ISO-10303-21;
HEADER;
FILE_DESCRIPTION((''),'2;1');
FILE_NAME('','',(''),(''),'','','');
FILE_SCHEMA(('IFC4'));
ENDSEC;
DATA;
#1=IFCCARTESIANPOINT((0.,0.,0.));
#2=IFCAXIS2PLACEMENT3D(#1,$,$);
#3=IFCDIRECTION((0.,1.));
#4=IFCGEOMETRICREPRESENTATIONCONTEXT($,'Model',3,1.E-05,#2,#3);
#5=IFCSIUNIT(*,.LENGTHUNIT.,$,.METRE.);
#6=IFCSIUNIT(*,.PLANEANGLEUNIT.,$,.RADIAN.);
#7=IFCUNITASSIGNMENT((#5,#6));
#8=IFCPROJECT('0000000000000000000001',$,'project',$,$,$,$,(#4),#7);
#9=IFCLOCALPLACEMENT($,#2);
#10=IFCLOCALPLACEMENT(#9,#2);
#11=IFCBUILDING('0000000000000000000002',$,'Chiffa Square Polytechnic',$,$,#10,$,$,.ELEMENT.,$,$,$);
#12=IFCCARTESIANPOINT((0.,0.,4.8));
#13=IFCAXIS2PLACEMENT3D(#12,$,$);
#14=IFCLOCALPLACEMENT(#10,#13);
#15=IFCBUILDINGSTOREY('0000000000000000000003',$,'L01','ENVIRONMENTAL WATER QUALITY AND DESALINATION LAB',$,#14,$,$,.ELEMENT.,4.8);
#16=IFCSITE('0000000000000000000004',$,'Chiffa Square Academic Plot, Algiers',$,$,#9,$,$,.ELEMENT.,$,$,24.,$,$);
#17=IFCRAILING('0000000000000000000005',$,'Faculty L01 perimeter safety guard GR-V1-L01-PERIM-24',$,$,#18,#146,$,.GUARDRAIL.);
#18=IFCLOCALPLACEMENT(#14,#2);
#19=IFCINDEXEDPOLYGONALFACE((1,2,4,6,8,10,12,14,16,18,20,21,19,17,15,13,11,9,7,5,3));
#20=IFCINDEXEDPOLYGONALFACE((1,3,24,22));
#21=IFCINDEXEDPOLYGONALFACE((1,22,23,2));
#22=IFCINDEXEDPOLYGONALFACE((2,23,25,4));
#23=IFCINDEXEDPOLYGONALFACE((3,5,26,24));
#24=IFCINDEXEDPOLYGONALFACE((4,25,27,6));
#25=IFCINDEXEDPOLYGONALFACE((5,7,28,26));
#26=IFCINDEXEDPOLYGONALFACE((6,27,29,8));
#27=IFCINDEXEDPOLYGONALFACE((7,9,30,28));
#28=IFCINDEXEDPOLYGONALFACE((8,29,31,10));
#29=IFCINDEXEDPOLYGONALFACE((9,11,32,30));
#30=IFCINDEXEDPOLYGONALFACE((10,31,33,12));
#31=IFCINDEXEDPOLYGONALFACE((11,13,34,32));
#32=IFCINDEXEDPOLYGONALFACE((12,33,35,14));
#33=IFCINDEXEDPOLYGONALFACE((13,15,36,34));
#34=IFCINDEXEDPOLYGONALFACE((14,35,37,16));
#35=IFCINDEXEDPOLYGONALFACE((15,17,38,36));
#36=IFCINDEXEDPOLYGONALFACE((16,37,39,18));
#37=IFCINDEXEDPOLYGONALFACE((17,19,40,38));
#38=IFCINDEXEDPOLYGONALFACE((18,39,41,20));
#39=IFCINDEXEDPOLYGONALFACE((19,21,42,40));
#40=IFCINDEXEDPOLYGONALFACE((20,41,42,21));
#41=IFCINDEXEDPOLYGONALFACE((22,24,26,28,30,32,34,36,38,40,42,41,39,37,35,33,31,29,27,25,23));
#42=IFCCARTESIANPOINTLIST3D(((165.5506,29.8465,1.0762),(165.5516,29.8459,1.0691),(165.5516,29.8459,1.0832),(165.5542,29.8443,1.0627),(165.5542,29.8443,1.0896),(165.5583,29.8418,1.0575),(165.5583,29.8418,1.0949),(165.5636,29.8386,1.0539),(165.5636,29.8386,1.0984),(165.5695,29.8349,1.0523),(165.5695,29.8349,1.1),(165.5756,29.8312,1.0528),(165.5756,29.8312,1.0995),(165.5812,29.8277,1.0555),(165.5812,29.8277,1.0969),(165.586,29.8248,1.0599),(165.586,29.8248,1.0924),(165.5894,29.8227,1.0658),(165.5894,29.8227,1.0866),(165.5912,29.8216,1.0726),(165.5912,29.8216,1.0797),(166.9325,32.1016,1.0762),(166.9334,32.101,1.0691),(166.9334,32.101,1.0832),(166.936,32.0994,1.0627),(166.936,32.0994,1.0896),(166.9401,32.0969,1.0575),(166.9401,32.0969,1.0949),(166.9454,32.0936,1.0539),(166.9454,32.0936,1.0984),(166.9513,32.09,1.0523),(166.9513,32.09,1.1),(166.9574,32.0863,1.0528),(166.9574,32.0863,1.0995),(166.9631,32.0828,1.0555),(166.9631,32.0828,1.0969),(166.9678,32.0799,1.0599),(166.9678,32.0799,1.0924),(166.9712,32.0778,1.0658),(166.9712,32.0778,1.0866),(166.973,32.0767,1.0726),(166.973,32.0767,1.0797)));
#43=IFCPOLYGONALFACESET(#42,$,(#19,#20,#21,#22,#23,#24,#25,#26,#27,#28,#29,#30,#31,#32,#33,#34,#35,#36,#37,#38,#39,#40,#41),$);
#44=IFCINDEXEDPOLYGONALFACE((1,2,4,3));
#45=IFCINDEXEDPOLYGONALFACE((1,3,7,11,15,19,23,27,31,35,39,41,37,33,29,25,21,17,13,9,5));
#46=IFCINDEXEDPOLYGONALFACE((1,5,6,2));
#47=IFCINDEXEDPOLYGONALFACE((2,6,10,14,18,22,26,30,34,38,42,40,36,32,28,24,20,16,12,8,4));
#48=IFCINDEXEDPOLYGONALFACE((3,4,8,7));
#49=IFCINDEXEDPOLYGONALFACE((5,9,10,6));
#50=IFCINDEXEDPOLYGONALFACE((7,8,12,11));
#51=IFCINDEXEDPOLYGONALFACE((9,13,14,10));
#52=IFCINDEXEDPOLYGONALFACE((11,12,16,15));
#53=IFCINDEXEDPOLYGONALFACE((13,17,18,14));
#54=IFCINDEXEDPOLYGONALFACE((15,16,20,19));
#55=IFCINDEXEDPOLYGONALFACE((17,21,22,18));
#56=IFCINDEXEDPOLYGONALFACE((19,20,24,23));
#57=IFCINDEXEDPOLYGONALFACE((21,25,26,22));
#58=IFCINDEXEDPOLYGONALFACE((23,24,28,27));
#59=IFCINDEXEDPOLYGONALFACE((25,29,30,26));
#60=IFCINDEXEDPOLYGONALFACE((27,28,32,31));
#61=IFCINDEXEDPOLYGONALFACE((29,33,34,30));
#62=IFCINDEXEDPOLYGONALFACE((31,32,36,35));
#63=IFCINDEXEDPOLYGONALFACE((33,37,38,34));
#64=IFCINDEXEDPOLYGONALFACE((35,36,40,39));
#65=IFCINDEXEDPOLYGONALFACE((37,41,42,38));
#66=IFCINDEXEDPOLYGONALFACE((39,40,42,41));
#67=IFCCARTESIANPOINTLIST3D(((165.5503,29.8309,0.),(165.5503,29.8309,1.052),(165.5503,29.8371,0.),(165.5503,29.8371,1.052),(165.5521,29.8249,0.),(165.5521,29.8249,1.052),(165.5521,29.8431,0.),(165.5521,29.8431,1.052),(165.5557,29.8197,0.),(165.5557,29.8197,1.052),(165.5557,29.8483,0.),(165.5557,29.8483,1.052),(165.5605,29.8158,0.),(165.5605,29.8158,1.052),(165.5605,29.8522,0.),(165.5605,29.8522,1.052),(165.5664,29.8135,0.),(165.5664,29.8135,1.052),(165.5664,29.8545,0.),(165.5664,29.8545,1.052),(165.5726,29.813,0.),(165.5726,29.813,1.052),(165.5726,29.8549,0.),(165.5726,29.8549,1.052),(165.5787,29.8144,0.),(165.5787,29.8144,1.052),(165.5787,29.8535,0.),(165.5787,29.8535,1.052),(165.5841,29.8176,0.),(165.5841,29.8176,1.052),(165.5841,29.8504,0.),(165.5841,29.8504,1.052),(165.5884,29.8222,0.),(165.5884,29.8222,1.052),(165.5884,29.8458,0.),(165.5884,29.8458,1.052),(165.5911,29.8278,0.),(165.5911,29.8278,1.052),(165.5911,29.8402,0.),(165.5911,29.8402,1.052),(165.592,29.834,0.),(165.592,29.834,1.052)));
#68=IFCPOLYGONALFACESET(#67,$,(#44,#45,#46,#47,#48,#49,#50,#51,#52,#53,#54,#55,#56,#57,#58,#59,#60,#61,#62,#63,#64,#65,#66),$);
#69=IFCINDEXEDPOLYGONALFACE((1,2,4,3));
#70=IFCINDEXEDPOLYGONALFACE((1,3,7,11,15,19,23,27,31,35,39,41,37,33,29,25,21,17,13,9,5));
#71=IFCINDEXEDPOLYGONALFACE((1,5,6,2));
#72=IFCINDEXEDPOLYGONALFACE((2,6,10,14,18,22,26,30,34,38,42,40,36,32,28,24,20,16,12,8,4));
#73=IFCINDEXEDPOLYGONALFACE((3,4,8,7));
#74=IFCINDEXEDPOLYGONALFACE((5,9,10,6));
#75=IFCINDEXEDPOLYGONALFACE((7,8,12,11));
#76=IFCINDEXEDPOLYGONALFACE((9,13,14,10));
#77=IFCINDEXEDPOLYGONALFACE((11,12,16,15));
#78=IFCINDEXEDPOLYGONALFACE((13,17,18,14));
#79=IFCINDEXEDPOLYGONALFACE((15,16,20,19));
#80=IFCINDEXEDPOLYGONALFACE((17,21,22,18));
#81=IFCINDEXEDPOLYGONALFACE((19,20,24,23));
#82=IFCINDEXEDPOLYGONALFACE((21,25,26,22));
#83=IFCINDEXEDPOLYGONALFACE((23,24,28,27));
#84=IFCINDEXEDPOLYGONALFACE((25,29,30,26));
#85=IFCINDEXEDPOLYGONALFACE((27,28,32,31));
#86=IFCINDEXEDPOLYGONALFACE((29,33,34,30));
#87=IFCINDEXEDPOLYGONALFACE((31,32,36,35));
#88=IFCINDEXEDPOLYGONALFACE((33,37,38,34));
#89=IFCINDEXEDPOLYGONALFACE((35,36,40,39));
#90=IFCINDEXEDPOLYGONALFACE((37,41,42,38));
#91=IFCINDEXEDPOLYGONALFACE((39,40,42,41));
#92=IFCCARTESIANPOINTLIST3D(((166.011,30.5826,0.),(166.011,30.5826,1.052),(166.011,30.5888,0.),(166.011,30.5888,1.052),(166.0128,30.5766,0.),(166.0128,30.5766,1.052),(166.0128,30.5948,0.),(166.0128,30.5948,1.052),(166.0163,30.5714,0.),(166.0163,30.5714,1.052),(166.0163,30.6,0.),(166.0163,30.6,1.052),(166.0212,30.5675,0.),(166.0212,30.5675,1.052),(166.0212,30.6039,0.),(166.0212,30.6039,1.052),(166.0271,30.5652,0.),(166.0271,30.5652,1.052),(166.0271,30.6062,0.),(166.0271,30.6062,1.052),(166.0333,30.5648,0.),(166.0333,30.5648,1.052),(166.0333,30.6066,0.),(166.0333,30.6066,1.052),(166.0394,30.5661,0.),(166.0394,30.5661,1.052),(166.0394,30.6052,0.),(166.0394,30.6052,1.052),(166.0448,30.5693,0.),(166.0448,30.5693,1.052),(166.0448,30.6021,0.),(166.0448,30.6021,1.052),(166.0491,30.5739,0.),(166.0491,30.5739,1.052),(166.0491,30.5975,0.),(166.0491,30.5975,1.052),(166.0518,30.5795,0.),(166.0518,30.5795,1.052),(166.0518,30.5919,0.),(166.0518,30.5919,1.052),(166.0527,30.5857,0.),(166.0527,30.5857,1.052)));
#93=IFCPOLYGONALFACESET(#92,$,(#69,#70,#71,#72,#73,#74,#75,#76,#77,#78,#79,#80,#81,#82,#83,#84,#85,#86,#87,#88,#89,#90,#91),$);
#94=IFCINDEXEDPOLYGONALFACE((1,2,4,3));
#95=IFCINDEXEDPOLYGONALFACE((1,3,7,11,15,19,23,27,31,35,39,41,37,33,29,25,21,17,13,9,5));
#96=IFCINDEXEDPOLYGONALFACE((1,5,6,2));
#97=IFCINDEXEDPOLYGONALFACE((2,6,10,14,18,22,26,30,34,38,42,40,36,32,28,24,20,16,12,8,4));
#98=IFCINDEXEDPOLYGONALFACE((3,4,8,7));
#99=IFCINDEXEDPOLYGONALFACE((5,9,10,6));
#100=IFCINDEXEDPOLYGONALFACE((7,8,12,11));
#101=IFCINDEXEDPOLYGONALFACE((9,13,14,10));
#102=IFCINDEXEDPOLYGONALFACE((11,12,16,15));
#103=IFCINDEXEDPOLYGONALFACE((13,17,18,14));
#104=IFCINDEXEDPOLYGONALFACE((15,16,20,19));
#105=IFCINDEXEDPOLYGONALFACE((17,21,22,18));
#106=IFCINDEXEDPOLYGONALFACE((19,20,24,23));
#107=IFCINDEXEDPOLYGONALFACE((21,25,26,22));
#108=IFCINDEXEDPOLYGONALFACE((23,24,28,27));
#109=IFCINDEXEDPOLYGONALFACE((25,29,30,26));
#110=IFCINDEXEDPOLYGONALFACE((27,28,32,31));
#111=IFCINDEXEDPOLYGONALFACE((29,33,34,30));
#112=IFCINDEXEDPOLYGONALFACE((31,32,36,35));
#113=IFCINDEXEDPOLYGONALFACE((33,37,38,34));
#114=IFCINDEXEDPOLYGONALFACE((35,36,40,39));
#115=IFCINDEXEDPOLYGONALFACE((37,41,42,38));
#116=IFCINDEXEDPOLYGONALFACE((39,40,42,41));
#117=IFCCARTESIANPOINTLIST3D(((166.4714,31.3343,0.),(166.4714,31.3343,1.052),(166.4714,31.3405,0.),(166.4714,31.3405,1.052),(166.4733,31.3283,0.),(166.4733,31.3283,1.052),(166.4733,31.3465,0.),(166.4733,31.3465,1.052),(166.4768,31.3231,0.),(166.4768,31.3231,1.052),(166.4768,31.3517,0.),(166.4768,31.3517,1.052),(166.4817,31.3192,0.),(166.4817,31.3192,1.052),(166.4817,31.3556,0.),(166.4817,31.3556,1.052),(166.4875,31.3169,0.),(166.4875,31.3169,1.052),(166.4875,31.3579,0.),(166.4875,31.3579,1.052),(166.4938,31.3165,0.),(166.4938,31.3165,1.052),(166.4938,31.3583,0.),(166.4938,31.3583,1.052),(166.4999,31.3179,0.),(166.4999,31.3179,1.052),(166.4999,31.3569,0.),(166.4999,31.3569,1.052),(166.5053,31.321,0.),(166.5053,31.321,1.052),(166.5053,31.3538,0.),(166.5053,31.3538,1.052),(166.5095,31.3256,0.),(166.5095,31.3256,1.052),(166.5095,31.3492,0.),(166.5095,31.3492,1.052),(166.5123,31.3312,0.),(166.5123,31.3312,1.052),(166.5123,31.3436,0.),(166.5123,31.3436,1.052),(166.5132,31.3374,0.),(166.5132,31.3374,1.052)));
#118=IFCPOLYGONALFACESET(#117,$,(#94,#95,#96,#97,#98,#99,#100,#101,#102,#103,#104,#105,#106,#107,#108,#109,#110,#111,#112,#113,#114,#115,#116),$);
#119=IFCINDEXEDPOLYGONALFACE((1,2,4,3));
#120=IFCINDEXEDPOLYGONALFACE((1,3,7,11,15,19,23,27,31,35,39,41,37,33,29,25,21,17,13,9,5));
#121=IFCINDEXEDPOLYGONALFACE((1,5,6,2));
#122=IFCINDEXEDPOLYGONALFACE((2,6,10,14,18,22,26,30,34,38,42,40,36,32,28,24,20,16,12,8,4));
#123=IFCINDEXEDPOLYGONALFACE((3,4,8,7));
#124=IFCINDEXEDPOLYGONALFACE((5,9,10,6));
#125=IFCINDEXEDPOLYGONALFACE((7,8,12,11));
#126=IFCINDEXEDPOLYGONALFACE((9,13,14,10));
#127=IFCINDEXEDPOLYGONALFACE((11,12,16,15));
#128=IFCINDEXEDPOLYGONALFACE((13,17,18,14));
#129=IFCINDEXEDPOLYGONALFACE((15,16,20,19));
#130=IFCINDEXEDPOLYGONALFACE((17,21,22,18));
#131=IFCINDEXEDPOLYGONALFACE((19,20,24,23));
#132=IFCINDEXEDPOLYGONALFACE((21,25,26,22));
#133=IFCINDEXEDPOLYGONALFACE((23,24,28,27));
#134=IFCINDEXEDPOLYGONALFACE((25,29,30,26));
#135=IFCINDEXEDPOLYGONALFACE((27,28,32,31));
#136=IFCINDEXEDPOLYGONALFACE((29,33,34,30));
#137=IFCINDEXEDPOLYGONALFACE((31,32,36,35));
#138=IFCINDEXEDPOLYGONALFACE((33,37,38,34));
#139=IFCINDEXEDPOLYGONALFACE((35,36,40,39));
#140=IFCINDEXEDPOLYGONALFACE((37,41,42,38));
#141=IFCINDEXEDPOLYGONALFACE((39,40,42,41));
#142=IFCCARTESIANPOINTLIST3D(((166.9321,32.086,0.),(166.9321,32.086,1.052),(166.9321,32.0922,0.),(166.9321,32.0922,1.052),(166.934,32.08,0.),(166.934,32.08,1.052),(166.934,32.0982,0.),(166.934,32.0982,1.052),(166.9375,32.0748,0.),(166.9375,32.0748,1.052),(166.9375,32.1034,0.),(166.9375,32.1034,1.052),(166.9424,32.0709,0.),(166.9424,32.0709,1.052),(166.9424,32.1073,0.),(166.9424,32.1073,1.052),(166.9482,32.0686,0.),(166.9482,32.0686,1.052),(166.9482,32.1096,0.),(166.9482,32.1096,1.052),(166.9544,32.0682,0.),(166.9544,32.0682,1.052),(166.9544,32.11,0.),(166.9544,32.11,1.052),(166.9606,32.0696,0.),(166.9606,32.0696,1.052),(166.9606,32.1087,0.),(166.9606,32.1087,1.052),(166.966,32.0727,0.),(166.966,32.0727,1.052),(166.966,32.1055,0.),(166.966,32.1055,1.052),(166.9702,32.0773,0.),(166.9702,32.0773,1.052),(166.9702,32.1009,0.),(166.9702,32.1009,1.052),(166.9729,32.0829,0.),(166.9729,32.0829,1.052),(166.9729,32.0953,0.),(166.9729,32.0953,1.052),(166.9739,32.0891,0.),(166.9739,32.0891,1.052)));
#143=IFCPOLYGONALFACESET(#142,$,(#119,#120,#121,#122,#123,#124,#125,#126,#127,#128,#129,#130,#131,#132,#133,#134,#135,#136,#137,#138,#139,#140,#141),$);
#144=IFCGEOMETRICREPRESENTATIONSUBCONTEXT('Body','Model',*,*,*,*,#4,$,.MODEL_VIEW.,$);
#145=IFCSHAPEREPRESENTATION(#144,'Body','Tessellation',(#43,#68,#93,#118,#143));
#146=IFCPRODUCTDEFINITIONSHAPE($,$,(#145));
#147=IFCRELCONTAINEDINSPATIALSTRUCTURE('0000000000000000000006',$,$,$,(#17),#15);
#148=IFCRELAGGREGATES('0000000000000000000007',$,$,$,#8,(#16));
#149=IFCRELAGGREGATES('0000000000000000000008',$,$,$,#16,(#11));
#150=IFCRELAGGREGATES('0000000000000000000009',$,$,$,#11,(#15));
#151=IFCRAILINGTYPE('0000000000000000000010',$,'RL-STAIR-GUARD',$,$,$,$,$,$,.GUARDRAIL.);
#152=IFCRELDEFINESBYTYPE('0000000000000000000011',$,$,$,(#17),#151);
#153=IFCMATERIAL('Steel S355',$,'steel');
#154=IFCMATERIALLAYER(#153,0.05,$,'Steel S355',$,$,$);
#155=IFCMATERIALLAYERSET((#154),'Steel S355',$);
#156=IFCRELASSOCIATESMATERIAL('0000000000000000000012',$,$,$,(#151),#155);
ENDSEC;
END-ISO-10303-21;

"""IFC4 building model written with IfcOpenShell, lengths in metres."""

from ifc_helpers import new_model, si_unit, direction, frame, origin, origin_2d, place, context, subcontext, project, spatial, circle, extrude, material, layer, layer_set, type_object, element, save


model = new_model("IFC4")

# Units and contexts
model_context = context("Model", 3, precision=1e-05, world=origin(), true_north=direction((0.0, 1.0)))
body_context = subcontext(model_context, "Body", "Model", "MODEL_VIEW")
ifc_project = project(units=[si_unit("LENGTHUNIT", "METRE"), si_unit("PLANEANGLEUNIT", "RADIAN")], contexts=[model_context])

# Site, building, storey
site_placement = place(None, origin())
site = spatial("IfcSite", under=ifc_project, at=site_placement, Name="Chiffa Square Academic Plot, Algiers", CompositionType="ELEMENT", RefElevation=24.0)
building_placement = place(site_placement, origin())
building = spatial("IfcBuilding", under=site, at=building_placement, Name="Chiffa Square Polytechnic", CompositionType="ELEMENT")
storey_placement = place(building_placement, frame((0.0, 0.0, 4.8)))
storey = spatial("IfcBuildingStorey", under=building, at=storey_placement, Name="L01", Description="ENVIRONMENTAL WATER QUALITY AND DESALINATION LAB", CompositionType="ELEMENT", Elevation=4.8)

# Shared definitions
ifc_material_1 = material(Name="Steel S355", Category="steel")

# Railing
ifc_layer_1 = layer(ifc_material_1, 0.05, Name="Steel S355")
ifc_layer_set_1 = layer_set([ifc_layer_1], Name="Steel S355")
railing_type = type_object("IfcRailingType", Name="RL-STAIR-GUARD", PredefinedType="GUARDRAIL", material=ifc_layer_set_1)
railing_1_placement = place(storey_placement, frame((165.571, 29.834, 0.0)))
element("IfcRailing", 1, at=railing_1_placement, inside=storey, type_object=railing_type, Name="Faculty L01 perimeter safety guard GR-V1-L01-PERIM-24", PredefinedType="GUARDRAIL", context=body_context, shape_type="SweptSolid", body=[
    extrude(circle(Radius=0.0239, at=origin_2d()), frame((0.0, 0.0, 1.0762), z_axis=(0.522469, 0.852658, 0.0), x_axis=(-0.852658, 0.522469, 0.0)), (0.0, 0.0, 1.0), 2.6448),
    extrude(circle(Radius=0.021, at=origin_2d()), origin(), (0.0, 0.0, 1.0), 1.052),
    extrude(circle(Radius=0.021, at=origin_2d()), frame((0.4607, 0.7517, 0.0)), (0.0, 0.0, 1.0), 1.052),
    extrude(circle(Radius=0.021, at=origin_2d()), frame((0.9211, 1.5034, 0.0)), (0.0, 0.0, 1.0), 1.052),
    extrude(circle(Radius=0.021, at=origin_2d()), frame((1.3818, 2.2551, 0.0)), (0.0, 0.0, 1.0), 1.052),
])

save(model, "model.ifc")
